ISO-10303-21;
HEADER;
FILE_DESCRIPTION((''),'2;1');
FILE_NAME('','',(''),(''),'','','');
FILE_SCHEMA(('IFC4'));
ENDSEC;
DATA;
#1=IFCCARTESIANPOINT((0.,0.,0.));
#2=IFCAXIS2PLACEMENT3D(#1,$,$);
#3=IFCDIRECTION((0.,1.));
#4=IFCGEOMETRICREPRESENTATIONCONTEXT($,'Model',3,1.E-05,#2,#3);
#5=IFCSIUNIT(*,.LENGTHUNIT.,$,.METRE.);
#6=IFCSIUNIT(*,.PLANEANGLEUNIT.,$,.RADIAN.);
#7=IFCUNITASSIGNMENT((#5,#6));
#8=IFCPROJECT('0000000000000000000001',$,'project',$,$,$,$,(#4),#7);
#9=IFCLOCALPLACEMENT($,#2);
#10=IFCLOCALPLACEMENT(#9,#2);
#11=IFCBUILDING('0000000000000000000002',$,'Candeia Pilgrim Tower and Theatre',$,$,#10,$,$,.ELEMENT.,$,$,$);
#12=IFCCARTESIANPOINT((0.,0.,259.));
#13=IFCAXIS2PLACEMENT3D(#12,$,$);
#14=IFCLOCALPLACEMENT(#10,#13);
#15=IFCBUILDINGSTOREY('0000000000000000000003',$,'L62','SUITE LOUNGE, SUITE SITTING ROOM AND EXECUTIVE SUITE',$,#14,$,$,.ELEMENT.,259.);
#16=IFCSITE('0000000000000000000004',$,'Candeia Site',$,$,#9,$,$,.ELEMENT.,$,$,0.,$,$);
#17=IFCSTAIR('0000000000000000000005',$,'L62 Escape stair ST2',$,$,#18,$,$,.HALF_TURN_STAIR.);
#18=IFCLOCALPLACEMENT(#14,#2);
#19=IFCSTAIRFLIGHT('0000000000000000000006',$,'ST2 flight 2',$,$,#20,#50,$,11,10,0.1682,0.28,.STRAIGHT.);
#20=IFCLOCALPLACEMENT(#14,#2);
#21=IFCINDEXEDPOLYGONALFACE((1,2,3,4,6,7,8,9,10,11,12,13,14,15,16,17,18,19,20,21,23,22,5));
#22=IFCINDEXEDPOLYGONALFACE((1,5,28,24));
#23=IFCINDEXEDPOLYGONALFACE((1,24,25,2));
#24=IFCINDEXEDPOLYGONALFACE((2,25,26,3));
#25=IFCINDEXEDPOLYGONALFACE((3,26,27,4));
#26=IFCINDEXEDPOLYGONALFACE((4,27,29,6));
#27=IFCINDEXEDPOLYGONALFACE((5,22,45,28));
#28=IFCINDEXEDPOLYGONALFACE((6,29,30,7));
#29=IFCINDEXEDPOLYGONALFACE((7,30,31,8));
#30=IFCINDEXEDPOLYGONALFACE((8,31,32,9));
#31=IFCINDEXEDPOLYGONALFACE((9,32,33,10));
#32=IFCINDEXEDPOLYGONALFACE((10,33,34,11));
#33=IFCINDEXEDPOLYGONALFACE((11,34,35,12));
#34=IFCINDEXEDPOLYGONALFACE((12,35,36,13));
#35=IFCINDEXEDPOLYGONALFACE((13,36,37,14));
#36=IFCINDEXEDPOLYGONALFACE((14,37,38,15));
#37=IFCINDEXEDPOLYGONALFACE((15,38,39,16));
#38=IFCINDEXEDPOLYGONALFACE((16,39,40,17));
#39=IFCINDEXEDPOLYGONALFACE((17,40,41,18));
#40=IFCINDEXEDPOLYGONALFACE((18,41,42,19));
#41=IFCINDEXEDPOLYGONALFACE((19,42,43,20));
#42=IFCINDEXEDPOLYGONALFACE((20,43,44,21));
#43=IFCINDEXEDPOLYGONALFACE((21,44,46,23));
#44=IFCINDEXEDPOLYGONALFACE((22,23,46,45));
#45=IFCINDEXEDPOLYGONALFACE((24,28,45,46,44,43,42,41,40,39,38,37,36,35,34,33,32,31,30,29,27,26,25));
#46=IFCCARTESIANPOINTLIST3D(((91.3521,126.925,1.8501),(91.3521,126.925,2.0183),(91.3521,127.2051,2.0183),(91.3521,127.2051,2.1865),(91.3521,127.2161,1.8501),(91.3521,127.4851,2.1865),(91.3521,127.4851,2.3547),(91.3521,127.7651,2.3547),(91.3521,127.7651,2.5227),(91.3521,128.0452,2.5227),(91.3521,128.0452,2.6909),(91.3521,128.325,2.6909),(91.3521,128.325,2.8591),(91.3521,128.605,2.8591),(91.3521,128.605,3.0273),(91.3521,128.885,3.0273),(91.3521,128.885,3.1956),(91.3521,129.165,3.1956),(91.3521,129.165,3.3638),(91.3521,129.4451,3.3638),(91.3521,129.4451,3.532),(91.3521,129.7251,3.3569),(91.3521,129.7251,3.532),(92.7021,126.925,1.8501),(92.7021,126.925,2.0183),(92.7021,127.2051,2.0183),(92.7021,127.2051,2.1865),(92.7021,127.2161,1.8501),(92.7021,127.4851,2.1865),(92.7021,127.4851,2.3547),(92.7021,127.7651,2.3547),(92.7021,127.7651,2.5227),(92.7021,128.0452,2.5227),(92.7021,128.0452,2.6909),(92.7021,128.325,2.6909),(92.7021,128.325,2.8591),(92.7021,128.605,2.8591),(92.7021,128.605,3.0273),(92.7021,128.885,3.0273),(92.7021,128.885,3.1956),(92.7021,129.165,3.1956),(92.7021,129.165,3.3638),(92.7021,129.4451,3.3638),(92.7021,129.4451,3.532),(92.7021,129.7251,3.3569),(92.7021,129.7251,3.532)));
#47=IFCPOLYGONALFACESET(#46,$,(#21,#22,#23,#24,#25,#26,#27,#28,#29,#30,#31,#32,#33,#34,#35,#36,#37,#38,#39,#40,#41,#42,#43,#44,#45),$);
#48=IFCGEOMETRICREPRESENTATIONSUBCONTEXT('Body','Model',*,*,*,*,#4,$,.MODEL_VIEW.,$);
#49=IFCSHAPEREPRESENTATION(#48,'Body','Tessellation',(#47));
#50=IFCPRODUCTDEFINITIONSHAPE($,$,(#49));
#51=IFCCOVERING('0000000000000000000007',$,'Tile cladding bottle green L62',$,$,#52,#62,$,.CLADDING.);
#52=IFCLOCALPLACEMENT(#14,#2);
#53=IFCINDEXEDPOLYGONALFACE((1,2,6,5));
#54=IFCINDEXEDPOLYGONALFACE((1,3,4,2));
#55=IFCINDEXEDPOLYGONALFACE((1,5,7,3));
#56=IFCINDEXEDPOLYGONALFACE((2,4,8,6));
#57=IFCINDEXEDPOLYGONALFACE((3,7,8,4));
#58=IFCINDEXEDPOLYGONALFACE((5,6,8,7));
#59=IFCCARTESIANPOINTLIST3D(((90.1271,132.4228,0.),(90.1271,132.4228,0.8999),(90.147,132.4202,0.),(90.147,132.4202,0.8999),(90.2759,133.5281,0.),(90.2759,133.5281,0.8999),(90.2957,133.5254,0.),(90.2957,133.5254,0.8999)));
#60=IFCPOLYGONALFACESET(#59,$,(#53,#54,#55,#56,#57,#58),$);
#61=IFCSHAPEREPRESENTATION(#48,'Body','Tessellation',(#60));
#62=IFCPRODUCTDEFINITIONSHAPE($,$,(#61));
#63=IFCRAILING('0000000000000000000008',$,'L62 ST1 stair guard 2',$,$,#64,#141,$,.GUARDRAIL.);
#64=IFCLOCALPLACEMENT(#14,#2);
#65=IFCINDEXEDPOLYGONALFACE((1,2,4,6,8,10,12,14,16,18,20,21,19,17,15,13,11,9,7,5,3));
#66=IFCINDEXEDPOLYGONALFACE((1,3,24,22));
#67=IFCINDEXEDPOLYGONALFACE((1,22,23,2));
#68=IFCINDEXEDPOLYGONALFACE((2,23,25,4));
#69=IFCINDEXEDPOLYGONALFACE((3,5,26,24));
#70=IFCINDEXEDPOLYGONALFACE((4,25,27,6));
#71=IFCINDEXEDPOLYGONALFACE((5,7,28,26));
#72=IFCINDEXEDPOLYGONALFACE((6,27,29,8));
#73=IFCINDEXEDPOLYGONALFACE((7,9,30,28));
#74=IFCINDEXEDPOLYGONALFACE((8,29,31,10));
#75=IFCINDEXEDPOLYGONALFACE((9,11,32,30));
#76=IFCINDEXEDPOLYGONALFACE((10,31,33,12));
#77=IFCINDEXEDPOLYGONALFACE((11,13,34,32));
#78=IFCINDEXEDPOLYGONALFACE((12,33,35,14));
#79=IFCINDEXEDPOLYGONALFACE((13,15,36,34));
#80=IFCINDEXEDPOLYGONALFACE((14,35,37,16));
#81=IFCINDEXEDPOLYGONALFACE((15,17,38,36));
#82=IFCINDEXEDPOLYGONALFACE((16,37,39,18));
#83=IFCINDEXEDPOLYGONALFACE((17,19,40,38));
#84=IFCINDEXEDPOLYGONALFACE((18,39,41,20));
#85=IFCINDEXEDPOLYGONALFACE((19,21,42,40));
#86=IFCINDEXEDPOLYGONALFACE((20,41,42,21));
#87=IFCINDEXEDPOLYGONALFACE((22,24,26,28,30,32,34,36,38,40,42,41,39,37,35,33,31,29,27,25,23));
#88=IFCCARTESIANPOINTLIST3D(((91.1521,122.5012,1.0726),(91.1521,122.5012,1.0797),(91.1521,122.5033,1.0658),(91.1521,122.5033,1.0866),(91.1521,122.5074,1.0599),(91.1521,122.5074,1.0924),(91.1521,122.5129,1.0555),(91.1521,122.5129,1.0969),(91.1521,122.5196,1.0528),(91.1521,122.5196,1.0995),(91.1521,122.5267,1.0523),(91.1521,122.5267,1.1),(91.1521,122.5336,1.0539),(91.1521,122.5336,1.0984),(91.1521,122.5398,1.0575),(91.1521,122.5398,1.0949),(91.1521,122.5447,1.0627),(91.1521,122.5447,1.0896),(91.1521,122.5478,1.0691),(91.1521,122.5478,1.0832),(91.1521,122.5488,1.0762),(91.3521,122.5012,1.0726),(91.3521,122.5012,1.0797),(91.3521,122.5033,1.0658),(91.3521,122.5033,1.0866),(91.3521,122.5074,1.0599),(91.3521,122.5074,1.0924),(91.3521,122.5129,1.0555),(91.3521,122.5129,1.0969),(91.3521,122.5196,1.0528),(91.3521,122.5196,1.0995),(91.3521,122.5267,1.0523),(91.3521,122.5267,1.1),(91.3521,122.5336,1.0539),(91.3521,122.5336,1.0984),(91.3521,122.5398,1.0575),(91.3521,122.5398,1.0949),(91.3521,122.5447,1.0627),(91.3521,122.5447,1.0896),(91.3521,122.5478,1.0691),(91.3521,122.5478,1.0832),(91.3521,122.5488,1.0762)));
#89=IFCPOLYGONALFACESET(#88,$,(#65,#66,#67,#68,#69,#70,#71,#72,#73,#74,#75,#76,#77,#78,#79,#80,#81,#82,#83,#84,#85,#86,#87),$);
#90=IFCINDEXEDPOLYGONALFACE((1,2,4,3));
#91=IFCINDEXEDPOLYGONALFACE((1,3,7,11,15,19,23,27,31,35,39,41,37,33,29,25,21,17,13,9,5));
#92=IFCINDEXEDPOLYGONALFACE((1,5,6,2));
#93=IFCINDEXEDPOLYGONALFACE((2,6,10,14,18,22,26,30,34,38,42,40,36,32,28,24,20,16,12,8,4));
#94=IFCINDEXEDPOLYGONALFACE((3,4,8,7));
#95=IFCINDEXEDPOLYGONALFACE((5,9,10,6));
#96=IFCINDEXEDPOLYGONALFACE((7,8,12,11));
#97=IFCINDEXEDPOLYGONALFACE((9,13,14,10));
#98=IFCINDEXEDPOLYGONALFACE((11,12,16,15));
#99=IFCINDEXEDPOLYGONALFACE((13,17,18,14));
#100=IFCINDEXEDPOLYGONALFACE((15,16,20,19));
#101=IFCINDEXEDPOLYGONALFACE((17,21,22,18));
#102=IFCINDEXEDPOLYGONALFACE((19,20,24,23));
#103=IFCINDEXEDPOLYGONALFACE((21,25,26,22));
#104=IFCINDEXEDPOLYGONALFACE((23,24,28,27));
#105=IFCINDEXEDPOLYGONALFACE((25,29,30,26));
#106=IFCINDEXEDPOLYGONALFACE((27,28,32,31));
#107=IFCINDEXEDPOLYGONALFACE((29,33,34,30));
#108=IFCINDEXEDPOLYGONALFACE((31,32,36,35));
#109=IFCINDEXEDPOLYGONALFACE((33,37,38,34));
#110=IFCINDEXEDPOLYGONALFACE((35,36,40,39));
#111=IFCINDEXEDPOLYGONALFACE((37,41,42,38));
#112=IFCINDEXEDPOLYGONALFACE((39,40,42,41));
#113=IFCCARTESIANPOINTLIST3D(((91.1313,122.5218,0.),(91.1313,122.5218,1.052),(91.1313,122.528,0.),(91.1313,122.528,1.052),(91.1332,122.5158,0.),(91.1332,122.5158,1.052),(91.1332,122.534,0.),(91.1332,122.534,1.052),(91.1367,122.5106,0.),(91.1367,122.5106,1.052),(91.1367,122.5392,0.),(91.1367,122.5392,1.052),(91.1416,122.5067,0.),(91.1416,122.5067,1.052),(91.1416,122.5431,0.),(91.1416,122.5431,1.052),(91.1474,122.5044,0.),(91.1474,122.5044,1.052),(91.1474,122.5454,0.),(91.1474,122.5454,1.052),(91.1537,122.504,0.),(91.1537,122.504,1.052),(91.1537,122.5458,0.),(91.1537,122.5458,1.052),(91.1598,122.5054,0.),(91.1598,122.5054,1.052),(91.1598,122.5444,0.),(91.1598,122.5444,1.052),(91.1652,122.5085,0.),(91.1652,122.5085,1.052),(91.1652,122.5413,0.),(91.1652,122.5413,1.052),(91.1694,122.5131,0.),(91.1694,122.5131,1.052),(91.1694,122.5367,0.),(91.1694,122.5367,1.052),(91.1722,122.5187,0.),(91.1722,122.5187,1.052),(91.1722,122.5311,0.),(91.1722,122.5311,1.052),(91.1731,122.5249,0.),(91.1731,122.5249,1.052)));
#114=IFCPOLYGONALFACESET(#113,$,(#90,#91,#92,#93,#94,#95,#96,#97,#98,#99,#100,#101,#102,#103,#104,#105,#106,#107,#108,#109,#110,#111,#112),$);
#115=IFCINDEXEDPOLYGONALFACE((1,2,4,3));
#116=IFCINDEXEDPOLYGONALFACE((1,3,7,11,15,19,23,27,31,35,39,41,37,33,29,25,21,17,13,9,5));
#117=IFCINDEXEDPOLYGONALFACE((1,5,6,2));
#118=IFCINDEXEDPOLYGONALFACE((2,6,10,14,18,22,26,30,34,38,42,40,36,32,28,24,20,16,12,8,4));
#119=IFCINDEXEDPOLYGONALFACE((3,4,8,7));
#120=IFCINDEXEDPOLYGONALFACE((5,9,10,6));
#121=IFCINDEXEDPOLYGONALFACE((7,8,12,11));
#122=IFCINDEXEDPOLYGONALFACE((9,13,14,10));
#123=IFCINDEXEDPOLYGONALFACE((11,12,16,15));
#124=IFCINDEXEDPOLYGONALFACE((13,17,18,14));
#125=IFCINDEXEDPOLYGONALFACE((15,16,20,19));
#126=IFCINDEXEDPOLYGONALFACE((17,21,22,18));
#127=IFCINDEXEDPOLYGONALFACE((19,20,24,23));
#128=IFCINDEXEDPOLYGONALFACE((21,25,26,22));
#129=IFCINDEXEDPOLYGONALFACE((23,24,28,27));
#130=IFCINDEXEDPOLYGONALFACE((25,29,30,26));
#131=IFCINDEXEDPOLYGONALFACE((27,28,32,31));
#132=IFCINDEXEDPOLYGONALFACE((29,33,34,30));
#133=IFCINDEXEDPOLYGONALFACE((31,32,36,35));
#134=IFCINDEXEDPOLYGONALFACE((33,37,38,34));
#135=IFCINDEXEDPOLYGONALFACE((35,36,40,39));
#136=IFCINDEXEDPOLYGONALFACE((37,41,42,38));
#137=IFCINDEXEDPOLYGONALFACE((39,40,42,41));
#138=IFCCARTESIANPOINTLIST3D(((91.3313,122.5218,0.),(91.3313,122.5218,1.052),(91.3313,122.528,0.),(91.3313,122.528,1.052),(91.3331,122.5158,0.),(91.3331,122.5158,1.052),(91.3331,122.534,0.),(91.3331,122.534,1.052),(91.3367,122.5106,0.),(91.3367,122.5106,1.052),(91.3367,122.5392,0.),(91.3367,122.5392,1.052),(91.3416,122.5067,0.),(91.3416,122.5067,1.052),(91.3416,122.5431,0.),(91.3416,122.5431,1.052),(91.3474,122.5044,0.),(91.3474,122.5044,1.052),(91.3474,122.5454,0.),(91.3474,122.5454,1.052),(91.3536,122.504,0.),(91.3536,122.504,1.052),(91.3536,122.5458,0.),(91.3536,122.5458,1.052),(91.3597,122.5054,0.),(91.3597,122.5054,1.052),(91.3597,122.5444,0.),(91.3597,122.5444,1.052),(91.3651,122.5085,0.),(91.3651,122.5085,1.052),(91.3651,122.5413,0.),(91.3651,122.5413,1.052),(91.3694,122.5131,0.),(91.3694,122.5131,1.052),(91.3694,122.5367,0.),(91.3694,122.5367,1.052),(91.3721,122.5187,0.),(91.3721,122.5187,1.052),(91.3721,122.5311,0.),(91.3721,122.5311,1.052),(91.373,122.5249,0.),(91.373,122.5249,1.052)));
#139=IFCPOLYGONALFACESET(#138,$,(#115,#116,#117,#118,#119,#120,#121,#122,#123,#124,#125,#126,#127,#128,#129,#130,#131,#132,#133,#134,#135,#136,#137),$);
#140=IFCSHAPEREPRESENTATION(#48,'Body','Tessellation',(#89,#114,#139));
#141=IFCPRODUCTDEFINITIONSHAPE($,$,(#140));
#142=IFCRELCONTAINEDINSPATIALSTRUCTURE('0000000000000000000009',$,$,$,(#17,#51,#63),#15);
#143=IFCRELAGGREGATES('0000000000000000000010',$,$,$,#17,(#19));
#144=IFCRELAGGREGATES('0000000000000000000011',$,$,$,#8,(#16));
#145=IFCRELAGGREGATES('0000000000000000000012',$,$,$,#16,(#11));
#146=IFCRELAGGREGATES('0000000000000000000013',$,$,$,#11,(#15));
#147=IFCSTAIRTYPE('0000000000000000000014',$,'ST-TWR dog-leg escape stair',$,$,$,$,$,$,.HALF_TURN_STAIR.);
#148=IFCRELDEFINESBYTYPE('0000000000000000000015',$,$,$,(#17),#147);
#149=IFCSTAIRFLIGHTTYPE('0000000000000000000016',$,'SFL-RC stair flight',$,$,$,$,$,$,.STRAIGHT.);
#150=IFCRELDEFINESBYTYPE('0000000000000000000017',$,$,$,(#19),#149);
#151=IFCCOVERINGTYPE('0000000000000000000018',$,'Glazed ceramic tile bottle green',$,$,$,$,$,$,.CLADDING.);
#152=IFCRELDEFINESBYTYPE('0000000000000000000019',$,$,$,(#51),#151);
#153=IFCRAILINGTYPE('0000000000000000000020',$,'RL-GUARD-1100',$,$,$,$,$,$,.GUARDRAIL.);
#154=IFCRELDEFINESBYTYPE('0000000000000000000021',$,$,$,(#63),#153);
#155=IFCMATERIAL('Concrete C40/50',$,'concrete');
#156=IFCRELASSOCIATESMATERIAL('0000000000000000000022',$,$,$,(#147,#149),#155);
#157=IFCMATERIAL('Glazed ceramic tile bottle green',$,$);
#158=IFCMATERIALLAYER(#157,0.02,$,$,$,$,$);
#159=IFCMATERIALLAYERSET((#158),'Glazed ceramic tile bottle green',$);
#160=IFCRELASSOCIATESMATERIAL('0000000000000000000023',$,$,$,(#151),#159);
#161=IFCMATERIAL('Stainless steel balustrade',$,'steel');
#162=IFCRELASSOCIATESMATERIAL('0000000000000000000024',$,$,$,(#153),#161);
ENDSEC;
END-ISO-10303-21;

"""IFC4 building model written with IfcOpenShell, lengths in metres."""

from ifc_helpers import new_model, si_unit, direction, frame, origin, origin_2d, place, context, subcontext, project, spatial, polyline, rectangle, circle, outline, extrude, material, layer, layer_set, type_object, element, aggregate, save


model = new_model("IFC4")

# Units and contexts
model_context = context("Model", 3, precision=1e-05, world=origin(), true_north=direction((0.0, 1.0)))
body_context = subcontext(model_context, "Body", "Model", "MODEL_VIEW")
ifc_project = project(units=[si_unit("LENGTHUNIT", "METRE"), si_unit("PLANEANGLEUNIT", "RADIAN")], contexts=[model_context])

# Site, building, storey
site_placement = place(None, origin())
site = spatial("IfcSite", under=ifc_project, at=site_placement, Name="Candeia Site", CompositionType="ELEMENT", RefElevation=0.0)
building_placement = place(site_placement, origin())
building = spatial("IfcBuilding", under=site, at=building_placement, Name="Candeia Pilgrim Tower and Theatre", CompositionType="ELEMENT")
storey_placement = place(building_placement, frame((0.0, 0.0, 259.0)))
storey = spatial("IfcBuildingStorey", under=building, at=storey_placement, Name="L62", Description="SUITE LOUNGE, SUITE SITTING ROOM AND EXECUTIVE SUITE", CompositionType="ELEMENT", Elevation=259.0)

# Shared definitions
ifc_material_1 = material(Name="Concrete C40/50", Category="concrete")

# Shared definitions
stair_type = type_object("IfcStairType", Name="ST-TWR dog-leg escape stair", PredefinedType="HALF_TURN_STAIR", material=ifc_material_1)
stair_flight_type = type_object("IfcStairFlightType", Name="SFL-RC stair flight", PredefinedType="STRAIGHT", material=ifc_material_1)

# Stair, stair flight
stair_1_placement = place(storey_placement, origin())
stair_1 = element("IfcStair", 1, at=stair_1_placement, inside=storey, type_object=stair_type, Name="L62 Escape stair ST2", PredefinedType="HALF_TURN_STAIR")
stair_flight_1_placement = place(storey_placement, frame((92.0271, 126.925, 1.8501), z_axis=(0.0, 0.0, 1.0), x_axis=(0.0, 1.0, 0.0)))
stair_flight_1 = element("IfcStairFlight", 2, at=stair_flight_1_placement, type_object=stair_flight_type, Name="ST2 flight 2", NumberOfRisers=11, NumberOfTreads=10, PredefinedType="STRAIGHT", RiserHeight=0.1682, TreadLength=0.28, context=body_context, shape_type="SweptSolid", body=[
    extrude(outline(polyline([(0.0, 0.0), (0.0, 0.1682), (0.28, 0.1682), (0.28, 0.3364), (0.5601, 0.3364), (0.5601, 0.5046), (0.8401, 0.5046), (0.8401, 0.6726), (1.1201, 0.6726), (1.1201, 0.8408), (1.3999, 0.8408), (1.3999, 1.009), (1.6799, 1.009), (1.6799, 1.1772), (1.96, 1.1772), (1.96, 1.3455), (2.24, 1.3455), (2.24, 1.5137), (2.52, 1.5137), (2.52, 1.6819), (2.8, 1.6819), (2.8, 1.8501), (2.8, 1.5068), (0.291, 0.0), (0.0, 0.0)])), frame((0.0, 0.675, 0.0), z_axis=(0.0, -1.0, 0.0), x_axis=(1.0, 0.0, 0.0)), (0.0, 0.0, 1.0), 1.3501),
])
aggregate(stair_1, [stair_flight_1])

# Shared definitions
ifc_material_2 = material(Name="Stainless steel balustrade", Category="steel")

# Covering
ifc_material_3 = material(Name="Glazed ceramic tile bottle green")
ifc_layer_1 = layer(ifc_material_3, 0.02)
ifc_layer_set_1 = layer_set([ifc_layer_1], Name="Glazed ceramic tile bottle green")
covering_type = type_object("IfcCoveringType", Name="Glazed ceramic tile bottle green", PredefinedType="CLADDING", material=ifc_layer_set_1)
covering_placement = place(storey_placement, frame((90.2114, 132.9741, 0.0), z_axis=(0.0, 0.0, 1.0), x_axis=(-0.133412, -0.991061, 0.0)))
element("IfcCovering", 3, at=covering_placement, inside=storey, type_object=covering_type, Name="Tile cladding bottle green L62", PredefinedType="CLADDING", context=body_context, shape_type="SweptSolid", body=[
    extrude(rectangle(XDim=1.1152, YDim=0.02, at=origin_2d()), origin(), (0.0, 0.0, 1.0), 0.8999),
])

# Railing
railing_type_1 = type_object("IfcRailingType", Name="RL-GUARD-1100", PredefinedType="GUARDRAIL", material=ifc_material_2)
railing_1_placement = place(storey_placement, frame((91.1521, 122.5249, 0.0)))
element("IfcRailing", 4, at=railing_1_placement, inside=storey, type_object=railing_type_1, Name="L62 ST1 stair guard 2", PredefinedType="GUARDRAIL", context=body_context, shape_type="SweptSolid", body=[
    extrude(circle(Radius=0.0239, at=origin_2d()), frame((0.0, 0.0, 1.0762), z_axis=(1.0, 0.0, 0.0), x_axis=(0.0, 1.0, 0.0)), (0.0, 0.0, 1.0), 0.2),
    extrude(circle(Radius=0.021, at=origin_2d()), origin(), (0.0, 0.0, 1.0), 1.052),
    extrude(circle(Radius=0.021, at=origin_2d()), frame((0.2, 0.0, 0.0)), (0.0, 0.0, 1.0), 1.052),
])

save(model, "model.ifc")
